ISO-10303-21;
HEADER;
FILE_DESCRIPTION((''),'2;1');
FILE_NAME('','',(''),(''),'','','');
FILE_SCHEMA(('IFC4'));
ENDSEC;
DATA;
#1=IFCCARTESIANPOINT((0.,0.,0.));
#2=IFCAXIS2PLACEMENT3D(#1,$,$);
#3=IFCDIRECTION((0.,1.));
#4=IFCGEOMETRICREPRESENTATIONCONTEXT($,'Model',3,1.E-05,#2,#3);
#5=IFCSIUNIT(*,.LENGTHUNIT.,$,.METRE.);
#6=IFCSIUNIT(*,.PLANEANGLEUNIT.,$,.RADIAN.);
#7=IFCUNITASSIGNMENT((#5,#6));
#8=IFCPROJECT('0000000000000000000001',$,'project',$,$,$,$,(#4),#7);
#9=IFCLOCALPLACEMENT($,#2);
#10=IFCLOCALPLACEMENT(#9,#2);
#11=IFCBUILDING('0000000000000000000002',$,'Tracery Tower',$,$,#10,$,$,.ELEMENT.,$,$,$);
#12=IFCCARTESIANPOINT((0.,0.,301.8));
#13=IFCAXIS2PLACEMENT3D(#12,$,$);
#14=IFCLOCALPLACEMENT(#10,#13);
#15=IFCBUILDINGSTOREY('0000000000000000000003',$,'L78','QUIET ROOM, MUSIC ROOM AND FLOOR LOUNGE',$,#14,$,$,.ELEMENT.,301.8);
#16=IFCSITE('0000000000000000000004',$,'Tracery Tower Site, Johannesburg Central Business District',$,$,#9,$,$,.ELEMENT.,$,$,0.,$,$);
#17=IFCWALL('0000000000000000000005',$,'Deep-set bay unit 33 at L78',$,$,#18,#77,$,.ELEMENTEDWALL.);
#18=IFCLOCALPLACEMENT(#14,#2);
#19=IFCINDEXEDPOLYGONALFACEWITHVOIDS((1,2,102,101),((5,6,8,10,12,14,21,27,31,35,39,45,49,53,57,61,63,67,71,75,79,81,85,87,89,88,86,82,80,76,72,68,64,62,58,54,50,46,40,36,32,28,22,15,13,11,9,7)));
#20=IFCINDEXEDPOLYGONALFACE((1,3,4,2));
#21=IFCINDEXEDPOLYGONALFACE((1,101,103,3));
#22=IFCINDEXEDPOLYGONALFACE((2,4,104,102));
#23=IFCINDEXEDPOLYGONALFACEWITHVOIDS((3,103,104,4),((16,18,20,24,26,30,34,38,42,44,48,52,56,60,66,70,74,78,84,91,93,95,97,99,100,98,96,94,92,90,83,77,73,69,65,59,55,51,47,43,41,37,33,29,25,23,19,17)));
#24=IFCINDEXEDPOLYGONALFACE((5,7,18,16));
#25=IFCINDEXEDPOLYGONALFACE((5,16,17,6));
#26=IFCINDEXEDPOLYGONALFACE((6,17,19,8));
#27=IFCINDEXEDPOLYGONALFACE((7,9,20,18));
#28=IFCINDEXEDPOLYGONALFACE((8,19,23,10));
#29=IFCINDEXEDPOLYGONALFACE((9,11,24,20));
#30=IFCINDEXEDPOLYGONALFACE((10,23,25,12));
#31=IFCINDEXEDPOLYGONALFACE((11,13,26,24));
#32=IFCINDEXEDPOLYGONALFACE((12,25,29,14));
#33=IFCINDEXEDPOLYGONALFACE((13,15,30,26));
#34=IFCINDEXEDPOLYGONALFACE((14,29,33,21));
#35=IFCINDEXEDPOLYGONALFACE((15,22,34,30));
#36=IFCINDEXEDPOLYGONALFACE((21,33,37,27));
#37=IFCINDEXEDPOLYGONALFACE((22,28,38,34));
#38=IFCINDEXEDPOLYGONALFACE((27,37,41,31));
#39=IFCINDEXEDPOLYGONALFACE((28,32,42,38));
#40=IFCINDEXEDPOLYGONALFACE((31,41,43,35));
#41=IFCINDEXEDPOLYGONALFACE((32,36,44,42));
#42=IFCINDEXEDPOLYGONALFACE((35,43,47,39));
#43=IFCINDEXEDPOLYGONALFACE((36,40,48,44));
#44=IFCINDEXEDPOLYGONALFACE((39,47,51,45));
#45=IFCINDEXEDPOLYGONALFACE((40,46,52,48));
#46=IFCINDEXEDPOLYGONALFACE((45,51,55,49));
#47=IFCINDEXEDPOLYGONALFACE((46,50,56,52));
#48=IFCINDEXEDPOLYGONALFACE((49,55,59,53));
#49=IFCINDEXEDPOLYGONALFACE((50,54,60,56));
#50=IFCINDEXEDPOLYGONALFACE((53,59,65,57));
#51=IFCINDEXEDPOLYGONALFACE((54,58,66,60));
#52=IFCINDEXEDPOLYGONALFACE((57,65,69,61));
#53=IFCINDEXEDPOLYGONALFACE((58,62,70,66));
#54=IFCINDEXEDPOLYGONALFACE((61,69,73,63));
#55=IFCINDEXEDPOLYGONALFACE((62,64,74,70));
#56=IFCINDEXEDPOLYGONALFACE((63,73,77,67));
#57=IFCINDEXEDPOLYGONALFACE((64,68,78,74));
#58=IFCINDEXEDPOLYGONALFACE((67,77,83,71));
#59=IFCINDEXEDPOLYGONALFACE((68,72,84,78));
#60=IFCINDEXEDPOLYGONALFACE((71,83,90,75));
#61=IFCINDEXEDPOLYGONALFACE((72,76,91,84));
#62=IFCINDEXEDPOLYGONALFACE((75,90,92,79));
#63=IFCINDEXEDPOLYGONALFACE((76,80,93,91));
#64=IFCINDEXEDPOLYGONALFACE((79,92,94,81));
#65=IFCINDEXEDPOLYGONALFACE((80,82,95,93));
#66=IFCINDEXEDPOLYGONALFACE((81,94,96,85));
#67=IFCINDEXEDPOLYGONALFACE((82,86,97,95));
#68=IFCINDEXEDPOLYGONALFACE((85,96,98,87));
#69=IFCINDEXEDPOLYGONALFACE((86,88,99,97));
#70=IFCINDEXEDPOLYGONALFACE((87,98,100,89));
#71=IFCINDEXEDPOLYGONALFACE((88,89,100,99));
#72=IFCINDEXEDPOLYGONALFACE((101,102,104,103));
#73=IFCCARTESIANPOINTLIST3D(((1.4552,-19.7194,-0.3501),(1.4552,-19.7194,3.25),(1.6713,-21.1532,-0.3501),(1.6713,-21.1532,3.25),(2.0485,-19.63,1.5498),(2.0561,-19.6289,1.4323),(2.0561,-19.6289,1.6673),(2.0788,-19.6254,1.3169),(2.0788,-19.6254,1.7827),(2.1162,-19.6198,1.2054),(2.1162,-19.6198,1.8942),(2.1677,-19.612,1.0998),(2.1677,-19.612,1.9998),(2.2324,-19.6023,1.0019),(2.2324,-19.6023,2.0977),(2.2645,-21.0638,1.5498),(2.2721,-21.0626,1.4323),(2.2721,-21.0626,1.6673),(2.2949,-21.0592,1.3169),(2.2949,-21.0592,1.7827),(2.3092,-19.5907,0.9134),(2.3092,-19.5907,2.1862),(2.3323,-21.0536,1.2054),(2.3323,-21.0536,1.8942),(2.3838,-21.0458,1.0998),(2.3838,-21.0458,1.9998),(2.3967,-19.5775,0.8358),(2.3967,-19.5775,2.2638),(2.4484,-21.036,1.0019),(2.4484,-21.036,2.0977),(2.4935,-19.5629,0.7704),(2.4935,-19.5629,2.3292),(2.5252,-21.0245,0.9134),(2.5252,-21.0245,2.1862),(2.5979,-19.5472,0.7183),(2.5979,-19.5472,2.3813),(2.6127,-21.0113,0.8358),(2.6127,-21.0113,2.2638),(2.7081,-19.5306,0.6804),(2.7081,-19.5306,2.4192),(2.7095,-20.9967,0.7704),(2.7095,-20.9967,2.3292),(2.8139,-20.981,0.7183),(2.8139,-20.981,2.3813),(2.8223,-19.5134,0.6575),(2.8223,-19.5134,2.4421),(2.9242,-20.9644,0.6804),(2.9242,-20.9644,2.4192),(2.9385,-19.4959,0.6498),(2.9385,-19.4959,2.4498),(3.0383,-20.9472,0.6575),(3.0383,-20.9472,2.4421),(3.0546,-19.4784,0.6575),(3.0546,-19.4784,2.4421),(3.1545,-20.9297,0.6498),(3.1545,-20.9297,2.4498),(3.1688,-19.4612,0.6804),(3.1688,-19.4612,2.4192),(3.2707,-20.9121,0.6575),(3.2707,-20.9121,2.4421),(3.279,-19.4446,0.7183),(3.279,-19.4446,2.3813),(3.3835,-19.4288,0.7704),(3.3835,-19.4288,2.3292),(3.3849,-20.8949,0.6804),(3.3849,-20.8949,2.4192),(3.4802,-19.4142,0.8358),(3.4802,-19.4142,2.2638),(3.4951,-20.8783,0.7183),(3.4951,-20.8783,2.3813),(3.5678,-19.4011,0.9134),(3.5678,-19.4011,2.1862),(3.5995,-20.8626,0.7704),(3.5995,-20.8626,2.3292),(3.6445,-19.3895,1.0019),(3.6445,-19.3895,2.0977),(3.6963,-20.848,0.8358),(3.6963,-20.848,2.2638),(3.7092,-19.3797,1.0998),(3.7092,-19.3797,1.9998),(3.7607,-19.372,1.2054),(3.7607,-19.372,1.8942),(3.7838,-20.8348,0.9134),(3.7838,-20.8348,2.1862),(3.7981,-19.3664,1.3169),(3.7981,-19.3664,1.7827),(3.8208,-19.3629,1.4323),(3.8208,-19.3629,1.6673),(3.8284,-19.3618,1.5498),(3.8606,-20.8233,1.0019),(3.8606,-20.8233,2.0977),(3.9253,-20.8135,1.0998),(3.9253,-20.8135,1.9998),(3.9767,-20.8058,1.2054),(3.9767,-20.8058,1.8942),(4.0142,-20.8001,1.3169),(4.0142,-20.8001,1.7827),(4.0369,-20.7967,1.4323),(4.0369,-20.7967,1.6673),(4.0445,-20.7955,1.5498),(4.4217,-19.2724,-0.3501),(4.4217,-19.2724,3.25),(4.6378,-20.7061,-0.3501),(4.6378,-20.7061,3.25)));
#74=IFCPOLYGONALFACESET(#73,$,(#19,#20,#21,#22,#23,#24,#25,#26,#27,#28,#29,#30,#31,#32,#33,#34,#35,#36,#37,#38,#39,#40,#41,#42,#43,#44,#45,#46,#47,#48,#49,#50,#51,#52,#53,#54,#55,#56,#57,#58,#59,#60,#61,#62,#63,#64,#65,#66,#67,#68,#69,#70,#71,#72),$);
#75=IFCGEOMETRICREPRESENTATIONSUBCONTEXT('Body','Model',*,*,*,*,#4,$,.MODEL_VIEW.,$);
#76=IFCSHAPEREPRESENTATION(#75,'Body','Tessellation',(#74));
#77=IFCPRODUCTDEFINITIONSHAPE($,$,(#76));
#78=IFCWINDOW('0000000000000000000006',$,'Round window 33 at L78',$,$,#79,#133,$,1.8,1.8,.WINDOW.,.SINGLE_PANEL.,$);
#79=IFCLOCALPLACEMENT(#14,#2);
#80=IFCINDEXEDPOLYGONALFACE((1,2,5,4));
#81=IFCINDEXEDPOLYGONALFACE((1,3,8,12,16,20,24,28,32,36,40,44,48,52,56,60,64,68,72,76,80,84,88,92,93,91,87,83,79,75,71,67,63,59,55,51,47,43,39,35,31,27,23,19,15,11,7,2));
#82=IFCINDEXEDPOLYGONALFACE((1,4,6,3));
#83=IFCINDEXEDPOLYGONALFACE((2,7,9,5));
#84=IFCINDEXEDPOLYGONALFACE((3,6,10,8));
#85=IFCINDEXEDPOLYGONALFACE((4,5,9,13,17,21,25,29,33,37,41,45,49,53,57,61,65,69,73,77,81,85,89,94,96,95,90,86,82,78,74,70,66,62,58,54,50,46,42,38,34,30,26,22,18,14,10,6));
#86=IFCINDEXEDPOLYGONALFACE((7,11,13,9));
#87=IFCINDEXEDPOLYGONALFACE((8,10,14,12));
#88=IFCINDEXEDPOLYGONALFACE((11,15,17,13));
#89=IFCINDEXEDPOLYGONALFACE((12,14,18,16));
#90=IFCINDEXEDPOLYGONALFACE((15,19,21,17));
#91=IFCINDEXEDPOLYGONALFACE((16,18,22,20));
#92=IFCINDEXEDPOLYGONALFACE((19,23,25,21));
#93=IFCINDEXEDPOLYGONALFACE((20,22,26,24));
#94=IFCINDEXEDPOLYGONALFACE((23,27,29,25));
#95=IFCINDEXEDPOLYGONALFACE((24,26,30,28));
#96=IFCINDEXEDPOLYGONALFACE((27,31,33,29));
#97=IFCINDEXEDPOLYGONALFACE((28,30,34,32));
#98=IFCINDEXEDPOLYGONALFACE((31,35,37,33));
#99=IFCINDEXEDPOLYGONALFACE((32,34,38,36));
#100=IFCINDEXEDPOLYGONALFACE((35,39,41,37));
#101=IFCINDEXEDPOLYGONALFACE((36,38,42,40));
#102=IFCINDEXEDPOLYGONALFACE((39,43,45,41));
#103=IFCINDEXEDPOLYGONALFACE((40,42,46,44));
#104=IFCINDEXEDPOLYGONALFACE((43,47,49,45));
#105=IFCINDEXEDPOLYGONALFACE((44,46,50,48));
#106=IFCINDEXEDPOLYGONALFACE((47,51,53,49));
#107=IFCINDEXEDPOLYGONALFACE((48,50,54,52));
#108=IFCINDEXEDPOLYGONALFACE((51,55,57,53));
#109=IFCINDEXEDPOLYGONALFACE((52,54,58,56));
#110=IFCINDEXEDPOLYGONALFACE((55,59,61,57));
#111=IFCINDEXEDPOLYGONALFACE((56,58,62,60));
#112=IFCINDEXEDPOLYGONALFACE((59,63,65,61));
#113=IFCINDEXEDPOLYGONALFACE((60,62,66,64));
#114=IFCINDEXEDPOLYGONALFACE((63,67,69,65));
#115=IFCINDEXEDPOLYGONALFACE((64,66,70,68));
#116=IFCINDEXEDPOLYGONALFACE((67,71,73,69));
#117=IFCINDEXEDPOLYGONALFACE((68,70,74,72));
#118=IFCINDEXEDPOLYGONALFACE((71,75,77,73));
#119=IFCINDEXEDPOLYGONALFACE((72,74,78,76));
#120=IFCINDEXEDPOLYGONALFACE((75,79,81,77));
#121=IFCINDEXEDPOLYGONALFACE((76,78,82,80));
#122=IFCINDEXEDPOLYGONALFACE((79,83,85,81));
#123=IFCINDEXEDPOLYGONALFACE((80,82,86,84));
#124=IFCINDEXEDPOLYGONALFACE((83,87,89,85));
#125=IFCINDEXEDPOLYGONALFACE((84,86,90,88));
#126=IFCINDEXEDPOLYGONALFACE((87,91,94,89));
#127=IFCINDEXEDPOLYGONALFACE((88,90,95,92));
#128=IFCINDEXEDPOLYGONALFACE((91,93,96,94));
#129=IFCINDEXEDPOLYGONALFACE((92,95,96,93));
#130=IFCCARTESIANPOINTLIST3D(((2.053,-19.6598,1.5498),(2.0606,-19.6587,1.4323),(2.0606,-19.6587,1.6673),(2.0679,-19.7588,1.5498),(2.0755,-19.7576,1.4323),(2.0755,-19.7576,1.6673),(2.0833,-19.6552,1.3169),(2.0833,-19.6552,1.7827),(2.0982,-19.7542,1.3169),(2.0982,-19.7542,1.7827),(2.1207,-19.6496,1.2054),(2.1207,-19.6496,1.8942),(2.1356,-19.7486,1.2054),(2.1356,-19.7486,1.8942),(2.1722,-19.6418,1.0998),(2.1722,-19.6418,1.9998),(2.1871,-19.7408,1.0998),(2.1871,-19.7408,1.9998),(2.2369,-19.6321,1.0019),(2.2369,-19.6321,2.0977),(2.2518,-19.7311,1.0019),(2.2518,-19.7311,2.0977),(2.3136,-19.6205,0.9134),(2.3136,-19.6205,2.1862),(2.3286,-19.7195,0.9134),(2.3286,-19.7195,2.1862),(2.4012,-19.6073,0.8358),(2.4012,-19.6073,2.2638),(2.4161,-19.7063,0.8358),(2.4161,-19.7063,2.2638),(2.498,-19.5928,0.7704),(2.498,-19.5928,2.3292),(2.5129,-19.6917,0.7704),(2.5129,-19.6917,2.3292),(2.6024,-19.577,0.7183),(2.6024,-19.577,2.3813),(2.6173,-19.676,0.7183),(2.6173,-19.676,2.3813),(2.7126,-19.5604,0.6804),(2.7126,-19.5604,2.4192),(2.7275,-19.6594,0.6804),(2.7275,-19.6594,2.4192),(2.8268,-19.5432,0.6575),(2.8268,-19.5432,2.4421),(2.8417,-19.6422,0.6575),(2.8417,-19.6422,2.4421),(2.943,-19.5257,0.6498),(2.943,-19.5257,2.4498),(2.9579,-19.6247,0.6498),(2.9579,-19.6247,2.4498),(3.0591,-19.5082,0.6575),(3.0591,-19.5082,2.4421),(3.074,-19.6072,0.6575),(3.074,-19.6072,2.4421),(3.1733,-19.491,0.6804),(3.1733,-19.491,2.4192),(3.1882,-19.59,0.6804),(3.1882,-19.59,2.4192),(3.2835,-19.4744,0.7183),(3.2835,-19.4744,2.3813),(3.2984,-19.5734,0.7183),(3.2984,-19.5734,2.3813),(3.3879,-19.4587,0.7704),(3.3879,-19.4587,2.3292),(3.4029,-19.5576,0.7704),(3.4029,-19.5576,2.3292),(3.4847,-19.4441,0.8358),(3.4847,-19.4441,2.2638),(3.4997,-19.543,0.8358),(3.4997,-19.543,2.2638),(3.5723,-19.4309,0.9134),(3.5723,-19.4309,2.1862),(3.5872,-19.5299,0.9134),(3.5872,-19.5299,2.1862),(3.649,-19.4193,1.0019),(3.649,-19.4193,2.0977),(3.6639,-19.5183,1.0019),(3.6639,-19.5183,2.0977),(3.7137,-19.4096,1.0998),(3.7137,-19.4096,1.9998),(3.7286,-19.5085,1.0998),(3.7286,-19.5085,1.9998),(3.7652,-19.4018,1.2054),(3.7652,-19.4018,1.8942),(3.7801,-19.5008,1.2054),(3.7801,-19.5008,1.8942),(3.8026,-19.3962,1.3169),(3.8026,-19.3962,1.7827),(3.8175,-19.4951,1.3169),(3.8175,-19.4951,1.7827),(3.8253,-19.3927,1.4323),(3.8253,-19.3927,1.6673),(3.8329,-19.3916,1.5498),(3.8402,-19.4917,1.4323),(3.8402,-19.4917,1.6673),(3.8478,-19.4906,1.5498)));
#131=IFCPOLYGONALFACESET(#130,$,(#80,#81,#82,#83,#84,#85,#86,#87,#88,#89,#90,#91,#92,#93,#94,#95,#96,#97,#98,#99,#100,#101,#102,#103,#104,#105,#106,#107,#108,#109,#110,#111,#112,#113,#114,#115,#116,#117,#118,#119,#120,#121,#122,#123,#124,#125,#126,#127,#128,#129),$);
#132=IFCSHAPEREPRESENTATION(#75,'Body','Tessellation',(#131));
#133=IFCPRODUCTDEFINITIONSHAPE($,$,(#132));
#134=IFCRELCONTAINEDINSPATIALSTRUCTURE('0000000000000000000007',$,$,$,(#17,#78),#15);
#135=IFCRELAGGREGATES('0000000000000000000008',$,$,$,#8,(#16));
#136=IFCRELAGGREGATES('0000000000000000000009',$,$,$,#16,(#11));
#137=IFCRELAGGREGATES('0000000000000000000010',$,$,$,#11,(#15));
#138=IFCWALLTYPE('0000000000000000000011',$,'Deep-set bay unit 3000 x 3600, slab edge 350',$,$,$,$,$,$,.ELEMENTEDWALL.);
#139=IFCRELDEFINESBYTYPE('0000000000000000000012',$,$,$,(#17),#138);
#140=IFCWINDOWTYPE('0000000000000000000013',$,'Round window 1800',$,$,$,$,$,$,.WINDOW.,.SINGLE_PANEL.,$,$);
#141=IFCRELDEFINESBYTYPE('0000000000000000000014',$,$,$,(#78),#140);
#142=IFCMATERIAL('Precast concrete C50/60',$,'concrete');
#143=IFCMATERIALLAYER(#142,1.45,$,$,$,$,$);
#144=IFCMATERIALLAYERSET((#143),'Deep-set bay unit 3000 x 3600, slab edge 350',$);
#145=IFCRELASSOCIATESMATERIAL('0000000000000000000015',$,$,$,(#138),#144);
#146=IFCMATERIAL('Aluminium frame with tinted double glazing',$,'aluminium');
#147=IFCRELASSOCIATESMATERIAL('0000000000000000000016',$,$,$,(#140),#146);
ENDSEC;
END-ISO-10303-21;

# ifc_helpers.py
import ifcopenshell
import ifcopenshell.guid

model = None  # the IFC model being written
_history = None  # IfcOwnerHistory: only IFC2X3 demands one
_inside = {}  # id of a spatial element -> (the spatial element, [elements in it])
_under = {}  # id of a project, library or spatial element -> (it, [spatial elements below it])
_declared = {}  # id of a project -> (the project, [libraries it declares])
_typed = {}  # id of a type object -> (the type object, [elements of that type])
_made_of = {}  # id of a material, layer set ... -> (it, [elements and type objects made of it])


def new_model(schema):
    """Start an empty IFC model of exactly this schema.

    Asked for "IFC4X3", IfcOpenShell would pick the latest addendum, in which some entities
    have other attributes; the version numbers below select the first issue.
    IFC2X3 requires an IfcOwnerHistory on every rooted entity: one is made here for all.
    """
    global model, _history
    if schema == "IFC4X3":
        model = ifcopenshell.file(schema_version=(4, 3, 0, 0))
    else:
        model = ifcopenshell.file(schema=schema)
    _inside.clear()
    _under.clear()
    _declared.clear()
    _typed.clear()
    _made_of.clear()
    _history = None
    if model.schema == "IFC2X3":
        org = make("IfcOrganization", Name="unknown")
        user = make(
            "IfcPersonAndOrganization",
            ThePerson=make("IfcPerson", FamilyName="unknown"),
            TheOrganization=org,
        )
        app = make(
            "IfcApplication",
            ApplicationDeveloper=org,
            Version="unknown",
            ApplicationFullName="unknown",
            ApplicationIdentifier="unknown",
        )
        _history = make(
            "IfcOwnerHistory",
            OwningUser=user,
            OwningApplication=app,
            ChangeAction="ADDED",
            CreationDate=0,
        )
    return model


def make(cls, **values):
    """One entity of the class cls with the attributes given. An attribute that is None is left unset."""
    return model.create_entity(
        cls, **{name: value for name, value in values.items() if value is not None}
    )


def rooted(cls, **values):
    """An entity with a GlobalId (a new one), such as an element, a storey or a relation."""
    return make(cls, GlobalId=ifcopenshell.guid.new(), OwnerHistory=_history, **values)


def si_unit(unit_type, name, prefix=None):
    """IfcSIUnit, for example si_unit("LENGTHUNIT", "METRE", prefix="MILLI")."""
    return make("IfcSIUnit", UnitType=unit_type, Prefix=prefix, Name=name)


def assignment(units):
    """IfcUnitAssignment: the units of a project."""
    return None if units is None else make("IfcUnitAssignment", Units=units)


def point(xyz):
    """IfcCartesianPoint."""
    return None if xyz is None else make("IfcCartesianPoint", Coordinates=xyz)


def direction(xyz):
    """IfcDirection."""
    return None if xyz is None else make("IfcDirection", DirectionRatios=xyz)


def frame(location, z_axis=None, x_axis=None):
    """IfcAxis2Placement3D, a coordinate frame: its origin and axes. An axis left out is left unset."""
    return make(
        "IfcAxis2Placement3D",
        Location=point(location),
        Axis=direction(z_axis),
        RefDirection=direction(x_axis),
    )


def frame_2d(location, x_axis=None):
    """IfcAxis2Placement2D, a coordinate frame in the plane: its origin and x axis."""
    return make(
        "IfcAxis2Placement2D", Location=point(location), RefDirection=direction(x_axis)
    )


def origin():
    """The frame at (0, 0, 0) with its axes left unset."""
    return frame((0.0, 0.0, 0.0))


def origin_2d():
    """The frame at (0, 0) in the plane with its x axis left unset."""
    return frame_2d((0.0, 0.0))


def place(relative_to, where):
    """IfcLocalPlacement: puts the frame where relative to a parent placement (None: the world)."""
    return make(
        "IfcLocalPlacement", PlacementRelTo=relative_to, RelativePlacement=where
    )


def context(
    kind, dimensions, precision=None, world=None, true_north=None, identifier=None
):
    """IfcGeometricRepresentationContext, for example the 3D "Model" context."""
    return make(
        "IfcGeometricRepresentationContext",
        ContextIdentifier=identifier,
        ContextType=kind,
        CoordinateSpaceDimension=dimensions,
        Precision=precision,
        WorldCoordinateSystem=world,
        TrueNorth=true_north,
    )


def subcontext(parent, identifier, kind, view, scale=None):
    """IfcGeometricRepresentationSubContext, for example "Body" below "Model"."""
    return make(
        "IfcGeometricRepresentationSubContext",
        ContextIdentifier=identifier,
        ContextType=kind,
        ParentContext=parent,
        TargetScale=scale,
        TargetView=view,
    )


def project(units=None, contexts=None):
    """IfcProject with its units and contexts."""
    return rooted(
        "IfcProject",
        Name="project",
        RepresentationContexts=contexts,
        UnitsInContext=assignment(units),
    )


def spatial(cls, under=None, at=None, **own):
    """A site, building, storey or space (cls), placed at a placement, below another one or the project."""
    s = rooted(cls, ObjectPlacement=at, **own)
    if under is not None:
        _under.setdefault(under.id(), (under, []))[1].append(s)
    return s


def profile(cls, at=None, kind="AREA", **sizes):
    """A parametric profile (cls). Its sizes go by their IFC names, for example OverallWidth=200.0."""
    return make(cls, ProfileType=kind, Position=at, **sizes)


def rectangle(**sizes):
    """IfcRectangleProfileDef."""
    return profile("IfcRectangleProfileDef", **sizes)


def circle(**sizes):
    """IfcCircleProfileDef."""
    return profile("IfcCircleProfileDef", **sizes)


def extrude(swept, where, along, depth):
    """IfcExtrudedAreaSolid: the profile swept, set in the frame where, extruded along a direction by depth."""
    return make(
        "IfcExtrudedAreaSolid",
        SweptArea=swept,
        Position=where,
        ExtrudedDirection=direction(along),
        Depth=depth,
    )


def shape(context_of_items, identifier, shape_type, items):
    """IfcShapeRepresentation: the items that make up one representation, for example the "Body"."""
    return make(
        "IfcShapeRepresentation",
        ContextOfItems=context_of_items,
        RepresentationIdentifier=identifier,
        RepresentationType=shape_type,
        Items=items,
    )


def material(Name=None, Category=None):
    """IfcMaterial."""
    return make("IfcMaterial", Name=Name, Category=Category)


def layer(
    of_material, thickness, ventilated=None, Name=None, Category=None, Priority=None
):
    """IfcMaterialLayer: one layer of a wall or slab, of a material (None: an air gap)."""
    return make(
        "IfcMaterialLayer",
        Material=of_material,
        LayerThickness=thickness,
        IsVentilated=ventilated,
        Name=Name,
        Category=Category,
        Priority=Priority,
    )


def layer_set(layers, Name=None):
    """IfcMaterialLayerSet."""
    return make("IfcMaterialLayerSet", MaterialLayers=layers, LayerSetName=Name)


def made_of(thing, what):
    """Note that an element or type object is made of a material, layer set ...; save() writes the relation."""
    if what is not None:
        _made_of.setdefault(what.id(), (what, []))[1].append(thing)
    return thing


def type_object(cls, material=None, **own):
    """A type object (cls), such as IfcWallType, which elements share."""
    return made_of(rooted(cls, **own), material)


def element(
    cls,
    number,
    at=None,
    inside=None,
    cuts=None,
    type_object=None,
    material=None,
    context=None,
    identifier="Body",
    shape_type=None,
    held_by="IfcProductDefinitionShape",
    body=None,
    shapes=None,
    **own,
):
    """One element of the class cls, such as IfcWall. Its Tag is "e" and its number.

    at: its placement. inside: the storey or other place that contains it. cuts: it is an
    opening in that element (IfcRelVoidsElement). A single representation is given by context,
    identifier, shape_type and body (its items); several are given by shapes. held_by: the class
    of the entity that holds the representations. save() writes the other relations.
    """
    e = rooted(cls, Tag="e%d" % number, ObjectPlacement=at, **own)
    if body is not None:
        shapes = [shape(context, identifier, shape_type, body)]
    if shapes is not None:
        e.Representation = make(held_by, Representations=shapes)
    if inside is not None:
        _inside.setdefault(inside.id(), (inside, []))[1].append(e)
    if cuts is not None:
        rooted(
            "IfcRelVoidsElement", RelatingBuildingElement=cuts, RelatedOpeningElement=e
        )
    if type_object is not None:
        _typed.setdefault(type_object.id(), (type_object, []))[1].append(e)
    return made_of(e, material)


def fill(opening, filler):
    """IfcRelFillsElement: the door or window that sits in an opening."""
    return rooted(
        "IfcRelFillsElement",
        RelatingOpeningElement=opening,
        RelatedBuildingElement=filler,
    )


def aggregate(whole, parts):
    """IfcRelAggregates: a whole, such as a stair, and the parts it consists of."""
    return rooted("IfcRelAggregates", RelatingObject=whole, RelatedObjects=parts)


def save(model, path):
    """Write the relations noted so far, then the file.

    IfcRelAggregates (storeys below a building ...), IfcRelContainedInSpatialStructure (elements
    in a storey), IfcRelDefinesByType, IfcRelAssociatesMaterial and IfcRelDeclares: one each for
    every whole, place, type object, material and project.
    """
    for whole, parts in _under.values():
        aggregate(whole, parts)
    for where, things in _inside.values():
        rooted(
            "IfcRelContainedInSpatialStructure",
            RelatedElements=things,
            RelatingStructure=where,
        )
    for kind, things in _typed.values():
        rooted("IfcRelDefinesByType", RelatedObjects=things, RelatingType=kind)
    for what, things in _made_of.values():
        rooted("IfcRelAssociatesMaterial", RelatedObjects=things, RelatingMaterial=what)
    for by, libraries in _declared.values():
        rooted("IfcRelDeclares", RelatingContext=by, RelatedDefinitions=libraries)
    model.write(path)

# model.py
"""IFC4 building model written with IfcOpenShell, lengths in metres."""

from ifc_helpers import new_model, si_unit, direction, frame, frame_2d, origin, origin_2d, place, context, subcontext, project, spatial, rectangle, circle, extrude, material, layer, layer_set, type_object, element, fill, save


model = new_model("IFC4")

# Units and contexts
model_context = context("Model", 3, precision=1e-05, world=origin(), true_north=direction((0.0, 1.0)))
body_context = subcontext(model_context, "Body", "Model", "MODEL_VIEW")
ifc_project = project(units=[si_unit("LENGTHUNIT", "METRE"), si_unit("PLANEANGLEUNIT", "RADIAN")], contexts=[model_context])

# Site, building, storey
site_placement = place(None, origin())
site = spatial("IfcSite", under=ifc_project, at=site_placement, Name="Tracery Tower Site, Johannesburg Central Business District", CompositionType="ELEMENT", RefElevation=0.0)
building_placement = place(site_placement, origin())
building = spatial("IfcBuilding", under=site, at=building_placement, Name="Tracery Tower", CompositionType="ELEMENT")
storey_placement = place(building_placement, frame((0.0, 0.0, 301.8)))
storey = spatial("IfcBuildingStorey", under=building, at=storey_placement, Name="L78", Description="QUIET ROOM, MUSIC ROOM AND FLOOR LOUNGE", CompositionType="ELEMENT", Elevation=301.8)

# Wall, opening, window
ifc_material_1 = material(Name="Precast concrete C50/60", Category="concrete")
ifc_layer_1 = layer(ifc_material_1, 1.45)
ifc_layer_set_1 = layer_set([ifc_layer_1], Name="Deep-set bay unit 3000 x 3600, slab edge 350")
wall_type_1 = type_object("IfcWallType", Name="Deep-set bay unit 3000 x 3600, slab edge 350", PredefinedType="ELEMENTEDWALL", material=ifc_layer_set_1)
wall_1_placement = place(storey_placement, frame((1.5632, -20.4363, -0.3501), z_axis=(0.0, 0.0, 1.0), x_axis=(0.988836, 0.149005, 0.0)))
wall_1 = element("IfcWall", 1, at=wall_1_placement, inside=storey, type_object=wall_type_1, Name="Deep-set bay unit 33 at L78", PredefinedType="ELEMENTEDWALL", context=body_context, shape_type="SweptSolid", body=[
    extrude(rectangle(XDim=3.0, YDim=1.45, at=frame_2d((1.5, 0.0))), origin(), (0.0, 0.0, 1.0), 3.6001),
])
opening_1_placement = place(wall_1_placement, frame((1.5, 0.0, 1.8999)))
opening_1 = element("IfcOpeningElement", 2, at=opening_1_placement, cuts=wall_1, PredefinedType="OPENING", context=body_context, shape_type="SweptSolid", body=[
    extrude(circle(Radius=0.9, at=origin_2d()), frame((0.0, 0.7349, 0.0), z_axis=(0.0, -1.0, 0.0), x_axis=(1.0, 0.0, 0.0)), (0.0, 0.0, 1.0), 1.47),
])
ifc_material_2 = material(Name="Aluminium frame with tinted double glazing", Category="aluminium")
window_type = type_object("IfcWindowType", Name="Round window 1800", PartitioningType="SINGLE_PANEL", PredefinedType="WINDOW", material=ifc_material_2)
window_1_placement = place(opening_1_placement, origin())
window_1 = element("IfcWindow", 3, at=window_1_placement, inside=storey, type_object=window_type, Name="Round window 33 at L78", OverallHeight=1.8, OverallWidth=1.8, PartitioningType="SINGLE_PANEL", PredefinedType="WINDOW", context=body_context, shape_type="SweptSolid", body=[
    extrude(circle(Radius=0.9, at=origin_2d()), frame((0.0, 0.6948, 0.0), z_axis=(0.0, -1.0, 0.0), x_axis=(1.0, 0.0, 0.0)), (0.0, 0.0, 1.0), 0.1001),
])
fill(opening_1, window_1)

save(model, "model.ifc")
